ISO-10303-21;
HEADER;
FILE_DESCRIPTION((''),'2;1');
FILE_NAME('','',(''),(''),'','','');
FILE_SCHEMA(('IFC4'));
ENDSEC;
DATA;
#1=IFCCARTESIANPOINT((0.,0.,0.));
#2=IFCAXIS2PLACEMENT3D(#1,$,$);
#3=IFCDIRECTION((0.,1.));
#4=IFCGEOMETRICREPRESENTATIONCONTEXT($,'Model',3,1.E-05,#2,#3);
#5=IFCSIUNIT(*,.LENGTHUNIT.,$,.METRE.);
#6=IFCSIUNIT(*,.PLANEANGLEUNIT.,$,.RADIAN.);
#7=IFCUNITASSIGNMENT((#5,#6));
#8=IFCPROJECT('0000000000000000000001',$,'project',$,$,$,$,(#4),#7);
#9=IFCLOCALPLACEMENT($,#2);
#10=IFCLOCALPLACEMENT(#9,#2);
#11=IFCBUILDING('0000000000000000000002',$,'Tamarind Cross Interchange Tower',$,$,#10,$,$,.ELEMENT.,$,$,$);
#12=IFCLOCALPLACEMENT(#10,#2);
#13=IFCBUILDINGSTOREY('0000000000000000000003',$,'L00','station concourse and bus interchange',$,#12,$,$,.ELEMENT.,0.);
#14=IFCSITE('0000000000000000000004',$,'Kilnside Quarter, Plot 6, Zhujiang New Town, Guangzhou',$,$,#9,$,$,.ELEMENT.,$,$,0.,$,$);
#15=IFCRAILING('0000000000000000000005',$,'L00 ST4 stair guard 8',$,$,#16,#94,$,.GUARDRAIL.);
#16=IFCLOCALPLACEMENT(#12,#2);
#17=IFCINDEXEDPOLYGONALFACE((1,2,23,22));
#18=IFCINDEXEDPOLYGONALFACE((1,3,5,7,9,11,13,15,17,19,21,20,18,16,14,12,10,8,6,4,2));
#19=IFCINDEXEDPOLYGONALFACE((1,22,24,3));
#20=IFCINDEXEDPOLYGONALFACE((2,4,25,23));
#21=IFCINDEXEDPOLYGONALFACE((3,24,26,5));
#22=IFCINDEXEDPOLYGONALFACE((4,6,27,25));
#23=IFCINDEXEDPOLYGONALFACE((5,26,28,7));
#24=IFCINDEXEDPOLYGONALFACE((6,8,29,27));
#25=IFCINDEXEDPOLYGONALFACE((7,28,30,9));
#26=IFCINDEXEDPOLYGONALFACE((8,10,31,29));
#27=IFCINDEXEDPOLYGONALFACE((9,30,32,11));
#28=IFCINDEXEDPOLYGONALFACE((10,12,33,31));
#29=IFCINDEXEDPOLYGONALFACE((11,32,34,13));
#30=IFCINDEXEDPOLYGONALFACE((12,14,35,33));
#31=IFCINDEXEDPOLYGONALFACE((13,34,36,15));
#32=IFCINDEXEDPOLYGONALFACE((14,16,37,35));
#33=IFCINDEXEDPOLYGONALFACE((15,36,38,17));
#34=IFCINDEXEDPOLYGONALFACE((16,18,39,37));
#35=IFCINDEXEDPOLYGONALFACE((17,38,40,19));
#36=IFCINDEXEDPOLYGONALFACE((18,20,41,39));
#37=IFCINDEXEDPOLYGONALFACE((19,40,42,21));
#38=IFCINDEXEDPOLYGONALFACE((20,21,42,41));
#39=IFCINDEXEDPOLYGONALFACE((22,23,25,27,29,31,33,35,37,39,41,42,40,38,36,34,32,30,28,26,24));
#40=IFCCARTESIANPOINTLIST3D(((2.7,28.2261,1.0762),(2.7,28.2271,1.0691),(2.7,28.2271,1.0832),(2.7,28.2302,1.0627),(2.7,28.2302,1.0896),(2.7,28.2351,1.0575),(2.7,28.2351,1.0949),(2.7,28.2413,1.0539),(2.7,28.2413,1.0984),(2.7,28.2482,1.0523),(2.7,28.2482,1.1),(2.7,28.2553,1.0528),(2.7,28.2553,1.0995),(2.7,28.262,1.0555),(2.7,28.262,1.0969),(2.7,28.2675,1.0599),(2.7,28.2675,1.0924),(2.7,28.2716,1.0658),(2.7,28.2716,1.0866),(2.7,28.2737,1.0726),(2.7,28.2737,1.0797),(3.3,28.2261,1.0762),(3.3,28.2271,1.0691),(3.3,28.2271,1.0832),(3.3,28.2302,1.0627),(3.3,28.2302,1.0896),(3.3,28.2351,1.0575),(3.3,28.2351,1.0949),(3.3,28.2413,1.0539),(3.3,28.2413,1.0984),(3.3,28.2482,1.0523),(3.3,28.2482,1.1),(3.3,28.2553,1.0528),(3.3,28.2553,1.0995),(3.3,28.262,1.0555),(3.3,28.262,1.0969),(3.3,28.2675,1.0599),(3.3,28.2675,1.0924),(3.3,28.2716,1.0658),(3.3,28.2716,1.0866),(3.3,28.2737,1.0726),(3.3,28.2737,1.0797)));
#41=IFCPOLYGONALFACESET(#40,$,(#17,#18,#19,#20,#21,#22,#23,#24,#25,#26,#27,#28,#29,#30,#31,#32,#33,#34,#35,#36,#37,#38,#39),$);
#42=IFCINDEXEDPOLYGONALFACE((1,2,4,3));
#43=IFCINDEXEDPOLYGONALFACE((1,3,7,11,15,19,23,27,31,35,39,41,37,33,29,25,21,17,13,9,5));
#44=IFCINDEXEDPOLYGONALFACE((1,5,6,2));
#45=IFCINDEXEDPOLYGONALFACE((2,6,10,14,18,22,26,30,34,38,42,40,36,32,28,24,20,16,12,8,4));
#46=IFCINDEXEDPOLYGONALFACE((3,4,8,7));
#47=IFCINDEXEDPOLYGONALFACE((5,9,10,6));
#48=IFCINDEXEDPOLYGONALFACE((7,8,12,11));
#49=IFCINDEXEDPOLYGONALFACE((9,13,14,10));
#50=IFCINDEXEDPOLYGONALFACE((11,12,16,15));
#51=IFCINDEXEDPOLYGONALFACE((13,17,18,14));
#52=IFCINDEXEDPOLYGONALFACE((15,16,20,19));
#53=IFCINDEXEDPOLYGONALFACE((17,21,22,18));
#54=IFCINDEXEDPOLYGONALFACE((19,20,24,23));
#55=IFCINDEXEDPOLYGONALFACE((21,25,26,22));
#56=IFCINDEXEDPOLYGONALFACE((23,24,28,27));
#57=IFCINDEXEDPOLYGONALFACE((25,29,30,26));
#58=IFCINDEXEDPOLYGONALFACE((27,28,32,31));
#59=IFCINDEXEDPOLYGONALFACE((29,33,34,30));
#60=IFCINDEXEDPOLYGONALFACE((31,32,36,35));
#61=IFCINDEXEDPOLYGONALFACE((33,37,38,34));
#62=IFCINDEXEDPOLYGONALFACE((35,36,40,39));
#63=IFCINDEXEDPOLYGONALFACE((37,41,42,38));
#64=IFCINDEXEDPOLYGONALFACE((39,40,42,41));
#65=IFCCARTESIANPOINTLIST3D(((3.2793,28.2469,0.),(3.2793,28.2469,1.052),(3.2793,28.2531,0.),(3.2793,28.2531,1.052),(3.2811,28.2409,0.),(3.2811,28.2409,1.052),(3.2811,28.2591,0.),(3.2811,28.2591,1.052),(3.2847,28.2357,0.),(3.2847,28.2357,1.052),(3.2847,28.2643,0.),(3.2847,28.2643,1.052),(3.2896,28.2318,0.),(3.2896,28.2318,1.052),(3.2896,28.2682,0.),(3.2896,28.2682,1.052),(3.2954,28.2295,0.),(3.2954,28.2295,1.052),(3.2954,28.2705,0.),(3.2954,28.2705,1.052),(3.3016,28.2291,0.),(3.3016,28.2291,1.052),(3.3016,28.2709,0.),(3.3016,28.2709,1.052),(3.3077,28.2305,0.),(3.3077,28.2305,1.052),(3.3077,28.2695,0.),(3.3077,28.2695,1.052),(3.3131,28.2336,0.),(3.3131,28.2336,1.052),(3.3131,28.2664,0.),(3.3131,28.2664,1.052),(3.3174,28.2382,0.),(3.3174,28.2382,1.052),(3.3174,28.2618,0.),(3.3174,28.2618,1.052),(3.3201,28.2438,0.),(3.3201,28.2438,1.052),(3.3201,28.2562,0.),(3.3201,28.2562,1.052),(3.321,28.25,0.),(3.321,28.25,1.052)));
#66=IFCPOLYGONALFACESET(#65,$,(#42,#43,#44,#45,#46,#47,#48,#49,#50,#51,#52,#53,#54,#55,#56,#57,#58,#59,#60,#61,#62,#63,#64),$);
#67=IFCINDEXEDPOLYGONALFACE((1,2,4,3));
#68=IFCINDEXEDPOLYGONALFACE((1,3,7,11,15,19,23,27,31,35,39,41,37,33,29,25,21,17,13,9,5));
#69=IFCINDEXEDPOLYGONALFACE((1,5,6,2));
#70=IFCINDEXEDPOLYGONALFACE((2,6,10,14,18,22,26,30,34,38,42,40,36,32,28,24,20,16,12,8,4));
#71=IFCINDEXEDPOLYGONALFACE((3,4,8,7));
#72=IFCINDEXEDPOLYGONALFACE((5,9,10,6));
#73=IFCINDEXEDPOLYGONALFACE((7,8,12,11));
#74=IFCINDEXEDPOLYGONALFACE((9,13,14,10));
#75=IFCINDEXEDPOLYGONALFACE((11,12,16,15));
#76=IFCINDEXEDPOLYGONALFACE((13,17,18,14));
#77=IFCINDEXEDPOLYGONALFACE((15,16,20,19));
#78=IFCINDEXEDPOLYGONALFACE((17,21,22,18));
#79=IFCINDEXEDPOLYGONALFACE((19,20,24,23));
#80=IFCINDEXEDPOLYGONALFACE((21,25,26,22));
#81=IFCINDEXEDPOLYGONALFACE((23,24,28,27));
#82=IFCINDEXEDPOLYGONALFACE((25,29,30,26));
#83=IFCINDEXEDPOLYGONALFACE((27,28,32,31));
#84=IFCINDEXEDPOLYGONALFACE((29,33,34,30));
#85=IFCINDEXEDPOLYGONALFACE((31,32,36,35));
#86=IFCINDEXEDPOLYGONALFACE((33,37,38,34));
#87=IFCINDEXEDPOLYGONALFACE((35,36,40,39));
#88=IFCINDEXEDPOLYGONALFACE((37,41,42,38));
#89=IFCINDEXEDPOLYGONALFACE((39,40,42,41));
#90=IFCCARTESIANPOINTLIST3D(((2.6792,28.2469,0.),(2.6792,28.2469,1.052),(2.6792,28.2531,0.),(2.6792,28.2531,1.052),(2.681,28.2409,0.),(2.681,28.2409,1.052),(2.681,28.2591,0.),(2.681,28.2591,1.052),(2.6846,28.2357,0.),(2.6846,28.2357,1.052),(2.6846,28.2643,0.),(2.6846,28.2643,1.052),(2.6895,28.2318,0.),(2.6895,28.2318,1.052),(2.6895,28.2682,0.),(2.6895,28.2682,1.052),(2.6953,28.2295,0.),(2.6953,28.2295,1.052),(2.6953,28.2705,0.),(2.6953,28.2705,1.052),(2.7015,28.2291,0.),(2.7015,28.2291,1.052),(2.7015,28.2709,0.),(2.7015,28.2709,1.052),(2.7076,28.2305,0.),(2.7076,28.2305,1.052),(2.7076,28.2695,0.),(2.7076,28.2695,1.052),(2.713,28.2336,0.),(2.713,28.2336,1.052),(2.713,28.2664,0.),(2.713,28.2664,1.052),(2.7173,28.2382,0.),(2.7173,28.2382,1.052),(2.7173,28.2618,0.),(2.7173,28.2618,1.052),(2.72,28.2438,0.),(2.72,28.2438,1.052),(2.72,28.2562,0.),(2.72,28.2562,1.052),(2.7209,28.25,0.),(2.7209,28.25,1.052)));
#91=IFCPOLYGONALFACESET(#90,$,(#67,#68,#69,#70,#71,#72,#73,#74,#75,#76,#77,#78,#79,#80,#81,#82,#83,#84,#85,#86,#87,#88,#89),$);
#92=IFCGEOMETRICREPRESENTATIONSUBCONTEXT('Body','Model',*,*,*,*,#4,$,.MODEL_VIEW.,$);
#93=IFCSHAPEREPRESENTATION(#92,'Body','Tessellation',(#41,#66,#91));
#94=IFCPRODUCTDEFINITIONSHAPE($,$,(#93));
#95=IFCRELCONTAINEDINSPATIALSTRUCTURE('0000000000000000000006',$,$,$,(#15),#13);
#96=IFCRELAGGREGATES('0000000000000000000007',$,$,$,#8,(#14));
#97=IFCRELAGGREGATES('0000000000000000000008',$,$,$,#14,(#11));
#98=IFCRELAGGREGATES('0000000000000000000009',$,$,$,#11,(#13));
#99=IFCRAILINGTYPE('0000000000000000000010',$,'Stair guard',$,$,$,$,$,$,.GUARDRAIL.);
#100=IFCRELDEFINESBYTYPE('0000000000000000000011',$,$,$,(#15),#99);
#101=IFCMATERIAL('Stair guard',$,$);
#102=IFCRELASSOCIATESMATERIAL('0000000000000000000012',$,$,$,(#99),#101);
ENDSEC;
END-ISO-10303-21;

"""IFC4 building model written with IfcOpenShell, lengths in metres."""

from ifc_helpers import new_model, si_unit, direction, frame, origin, origin_2d, place, context, subcontext, project, spatial, circle, extrude, material, type_object, element, save


model = new_model("IFC4")

# Units and contexts
model_context = context("Model", 3, precision=1e-05, world=origin(), true_north=direction((0.0, 1.0)))
body_context = subcontext(model_context, "Body", "Model", "MODEL_VIEW")
ifc_project = project(units=[si_unit("LENGTHUNIT", "METRE"), si_unit("PLANEANGLEUNIT", "RADIAN")], contexts=[model_context])

# Site, building, storey
site_placement = place(None, origin())
site = spatial("IfcSite", under=ifc_project, at=site_placement, Name="Kilnside Quarter, Plot 6, Zhujiang New Town, Guangzhou", CompositionType="ELEMENT", RefElevation=0.0)
building_placement = place(site_placement, origin())
building = spatial("IfcBuilding", under=site, at=building_placement, Name="Tamarind Cross Interchange Tower", CompositionType="ELEMENT")
storey_placement = place(building_placement, origin())
storey = spatial("IfcBuildingStorey", under=building, at=storey_placement, Name="L00", Description="station concourse and bus interchange", CompositionType="ELEMENT", Elevation=0.0)

# Railing
ifc_material_1 = material(Name="Stair guard")
railing_type_1 = type_object("IfcRailingType", Name="Stair guard", PredefinedType="GUARDRAIL", material=ifc_material_1)
railing_1_placement = place(storey_placement, frame((3.3, 28.25, 0.0)))
element("IfcRailing", 1, at=railing_1_placement, inside=storey, type_object=railing_type_1, Name="L00 ST4 stair guard 8", PredefinedType="GUARDRAIL", context=body_context, shape_type="SweptSolid", body=[
    extrude(circle(Radius=0.0239, at=origin_2d()), frame((0.0, 0.0, 1.0762), z_axis=(-1.0, 0.0, 0.0), x_axis=(0.0, -1.0, 0.0)), (0.0, 0.0, 1.0), 0.6001),
    extrude(circle(Radius=0.021, at=origin_2d()), origin(), (0.0, 0.0, 1.0), 1.052),
    extrude(circle(Radius=0.021, at=origin_2d()), frame((-0.6001, 0.0, 0.0)), (0.0, 0.0, 1.0), 1.052),
])

save(model, "model.ifc")
